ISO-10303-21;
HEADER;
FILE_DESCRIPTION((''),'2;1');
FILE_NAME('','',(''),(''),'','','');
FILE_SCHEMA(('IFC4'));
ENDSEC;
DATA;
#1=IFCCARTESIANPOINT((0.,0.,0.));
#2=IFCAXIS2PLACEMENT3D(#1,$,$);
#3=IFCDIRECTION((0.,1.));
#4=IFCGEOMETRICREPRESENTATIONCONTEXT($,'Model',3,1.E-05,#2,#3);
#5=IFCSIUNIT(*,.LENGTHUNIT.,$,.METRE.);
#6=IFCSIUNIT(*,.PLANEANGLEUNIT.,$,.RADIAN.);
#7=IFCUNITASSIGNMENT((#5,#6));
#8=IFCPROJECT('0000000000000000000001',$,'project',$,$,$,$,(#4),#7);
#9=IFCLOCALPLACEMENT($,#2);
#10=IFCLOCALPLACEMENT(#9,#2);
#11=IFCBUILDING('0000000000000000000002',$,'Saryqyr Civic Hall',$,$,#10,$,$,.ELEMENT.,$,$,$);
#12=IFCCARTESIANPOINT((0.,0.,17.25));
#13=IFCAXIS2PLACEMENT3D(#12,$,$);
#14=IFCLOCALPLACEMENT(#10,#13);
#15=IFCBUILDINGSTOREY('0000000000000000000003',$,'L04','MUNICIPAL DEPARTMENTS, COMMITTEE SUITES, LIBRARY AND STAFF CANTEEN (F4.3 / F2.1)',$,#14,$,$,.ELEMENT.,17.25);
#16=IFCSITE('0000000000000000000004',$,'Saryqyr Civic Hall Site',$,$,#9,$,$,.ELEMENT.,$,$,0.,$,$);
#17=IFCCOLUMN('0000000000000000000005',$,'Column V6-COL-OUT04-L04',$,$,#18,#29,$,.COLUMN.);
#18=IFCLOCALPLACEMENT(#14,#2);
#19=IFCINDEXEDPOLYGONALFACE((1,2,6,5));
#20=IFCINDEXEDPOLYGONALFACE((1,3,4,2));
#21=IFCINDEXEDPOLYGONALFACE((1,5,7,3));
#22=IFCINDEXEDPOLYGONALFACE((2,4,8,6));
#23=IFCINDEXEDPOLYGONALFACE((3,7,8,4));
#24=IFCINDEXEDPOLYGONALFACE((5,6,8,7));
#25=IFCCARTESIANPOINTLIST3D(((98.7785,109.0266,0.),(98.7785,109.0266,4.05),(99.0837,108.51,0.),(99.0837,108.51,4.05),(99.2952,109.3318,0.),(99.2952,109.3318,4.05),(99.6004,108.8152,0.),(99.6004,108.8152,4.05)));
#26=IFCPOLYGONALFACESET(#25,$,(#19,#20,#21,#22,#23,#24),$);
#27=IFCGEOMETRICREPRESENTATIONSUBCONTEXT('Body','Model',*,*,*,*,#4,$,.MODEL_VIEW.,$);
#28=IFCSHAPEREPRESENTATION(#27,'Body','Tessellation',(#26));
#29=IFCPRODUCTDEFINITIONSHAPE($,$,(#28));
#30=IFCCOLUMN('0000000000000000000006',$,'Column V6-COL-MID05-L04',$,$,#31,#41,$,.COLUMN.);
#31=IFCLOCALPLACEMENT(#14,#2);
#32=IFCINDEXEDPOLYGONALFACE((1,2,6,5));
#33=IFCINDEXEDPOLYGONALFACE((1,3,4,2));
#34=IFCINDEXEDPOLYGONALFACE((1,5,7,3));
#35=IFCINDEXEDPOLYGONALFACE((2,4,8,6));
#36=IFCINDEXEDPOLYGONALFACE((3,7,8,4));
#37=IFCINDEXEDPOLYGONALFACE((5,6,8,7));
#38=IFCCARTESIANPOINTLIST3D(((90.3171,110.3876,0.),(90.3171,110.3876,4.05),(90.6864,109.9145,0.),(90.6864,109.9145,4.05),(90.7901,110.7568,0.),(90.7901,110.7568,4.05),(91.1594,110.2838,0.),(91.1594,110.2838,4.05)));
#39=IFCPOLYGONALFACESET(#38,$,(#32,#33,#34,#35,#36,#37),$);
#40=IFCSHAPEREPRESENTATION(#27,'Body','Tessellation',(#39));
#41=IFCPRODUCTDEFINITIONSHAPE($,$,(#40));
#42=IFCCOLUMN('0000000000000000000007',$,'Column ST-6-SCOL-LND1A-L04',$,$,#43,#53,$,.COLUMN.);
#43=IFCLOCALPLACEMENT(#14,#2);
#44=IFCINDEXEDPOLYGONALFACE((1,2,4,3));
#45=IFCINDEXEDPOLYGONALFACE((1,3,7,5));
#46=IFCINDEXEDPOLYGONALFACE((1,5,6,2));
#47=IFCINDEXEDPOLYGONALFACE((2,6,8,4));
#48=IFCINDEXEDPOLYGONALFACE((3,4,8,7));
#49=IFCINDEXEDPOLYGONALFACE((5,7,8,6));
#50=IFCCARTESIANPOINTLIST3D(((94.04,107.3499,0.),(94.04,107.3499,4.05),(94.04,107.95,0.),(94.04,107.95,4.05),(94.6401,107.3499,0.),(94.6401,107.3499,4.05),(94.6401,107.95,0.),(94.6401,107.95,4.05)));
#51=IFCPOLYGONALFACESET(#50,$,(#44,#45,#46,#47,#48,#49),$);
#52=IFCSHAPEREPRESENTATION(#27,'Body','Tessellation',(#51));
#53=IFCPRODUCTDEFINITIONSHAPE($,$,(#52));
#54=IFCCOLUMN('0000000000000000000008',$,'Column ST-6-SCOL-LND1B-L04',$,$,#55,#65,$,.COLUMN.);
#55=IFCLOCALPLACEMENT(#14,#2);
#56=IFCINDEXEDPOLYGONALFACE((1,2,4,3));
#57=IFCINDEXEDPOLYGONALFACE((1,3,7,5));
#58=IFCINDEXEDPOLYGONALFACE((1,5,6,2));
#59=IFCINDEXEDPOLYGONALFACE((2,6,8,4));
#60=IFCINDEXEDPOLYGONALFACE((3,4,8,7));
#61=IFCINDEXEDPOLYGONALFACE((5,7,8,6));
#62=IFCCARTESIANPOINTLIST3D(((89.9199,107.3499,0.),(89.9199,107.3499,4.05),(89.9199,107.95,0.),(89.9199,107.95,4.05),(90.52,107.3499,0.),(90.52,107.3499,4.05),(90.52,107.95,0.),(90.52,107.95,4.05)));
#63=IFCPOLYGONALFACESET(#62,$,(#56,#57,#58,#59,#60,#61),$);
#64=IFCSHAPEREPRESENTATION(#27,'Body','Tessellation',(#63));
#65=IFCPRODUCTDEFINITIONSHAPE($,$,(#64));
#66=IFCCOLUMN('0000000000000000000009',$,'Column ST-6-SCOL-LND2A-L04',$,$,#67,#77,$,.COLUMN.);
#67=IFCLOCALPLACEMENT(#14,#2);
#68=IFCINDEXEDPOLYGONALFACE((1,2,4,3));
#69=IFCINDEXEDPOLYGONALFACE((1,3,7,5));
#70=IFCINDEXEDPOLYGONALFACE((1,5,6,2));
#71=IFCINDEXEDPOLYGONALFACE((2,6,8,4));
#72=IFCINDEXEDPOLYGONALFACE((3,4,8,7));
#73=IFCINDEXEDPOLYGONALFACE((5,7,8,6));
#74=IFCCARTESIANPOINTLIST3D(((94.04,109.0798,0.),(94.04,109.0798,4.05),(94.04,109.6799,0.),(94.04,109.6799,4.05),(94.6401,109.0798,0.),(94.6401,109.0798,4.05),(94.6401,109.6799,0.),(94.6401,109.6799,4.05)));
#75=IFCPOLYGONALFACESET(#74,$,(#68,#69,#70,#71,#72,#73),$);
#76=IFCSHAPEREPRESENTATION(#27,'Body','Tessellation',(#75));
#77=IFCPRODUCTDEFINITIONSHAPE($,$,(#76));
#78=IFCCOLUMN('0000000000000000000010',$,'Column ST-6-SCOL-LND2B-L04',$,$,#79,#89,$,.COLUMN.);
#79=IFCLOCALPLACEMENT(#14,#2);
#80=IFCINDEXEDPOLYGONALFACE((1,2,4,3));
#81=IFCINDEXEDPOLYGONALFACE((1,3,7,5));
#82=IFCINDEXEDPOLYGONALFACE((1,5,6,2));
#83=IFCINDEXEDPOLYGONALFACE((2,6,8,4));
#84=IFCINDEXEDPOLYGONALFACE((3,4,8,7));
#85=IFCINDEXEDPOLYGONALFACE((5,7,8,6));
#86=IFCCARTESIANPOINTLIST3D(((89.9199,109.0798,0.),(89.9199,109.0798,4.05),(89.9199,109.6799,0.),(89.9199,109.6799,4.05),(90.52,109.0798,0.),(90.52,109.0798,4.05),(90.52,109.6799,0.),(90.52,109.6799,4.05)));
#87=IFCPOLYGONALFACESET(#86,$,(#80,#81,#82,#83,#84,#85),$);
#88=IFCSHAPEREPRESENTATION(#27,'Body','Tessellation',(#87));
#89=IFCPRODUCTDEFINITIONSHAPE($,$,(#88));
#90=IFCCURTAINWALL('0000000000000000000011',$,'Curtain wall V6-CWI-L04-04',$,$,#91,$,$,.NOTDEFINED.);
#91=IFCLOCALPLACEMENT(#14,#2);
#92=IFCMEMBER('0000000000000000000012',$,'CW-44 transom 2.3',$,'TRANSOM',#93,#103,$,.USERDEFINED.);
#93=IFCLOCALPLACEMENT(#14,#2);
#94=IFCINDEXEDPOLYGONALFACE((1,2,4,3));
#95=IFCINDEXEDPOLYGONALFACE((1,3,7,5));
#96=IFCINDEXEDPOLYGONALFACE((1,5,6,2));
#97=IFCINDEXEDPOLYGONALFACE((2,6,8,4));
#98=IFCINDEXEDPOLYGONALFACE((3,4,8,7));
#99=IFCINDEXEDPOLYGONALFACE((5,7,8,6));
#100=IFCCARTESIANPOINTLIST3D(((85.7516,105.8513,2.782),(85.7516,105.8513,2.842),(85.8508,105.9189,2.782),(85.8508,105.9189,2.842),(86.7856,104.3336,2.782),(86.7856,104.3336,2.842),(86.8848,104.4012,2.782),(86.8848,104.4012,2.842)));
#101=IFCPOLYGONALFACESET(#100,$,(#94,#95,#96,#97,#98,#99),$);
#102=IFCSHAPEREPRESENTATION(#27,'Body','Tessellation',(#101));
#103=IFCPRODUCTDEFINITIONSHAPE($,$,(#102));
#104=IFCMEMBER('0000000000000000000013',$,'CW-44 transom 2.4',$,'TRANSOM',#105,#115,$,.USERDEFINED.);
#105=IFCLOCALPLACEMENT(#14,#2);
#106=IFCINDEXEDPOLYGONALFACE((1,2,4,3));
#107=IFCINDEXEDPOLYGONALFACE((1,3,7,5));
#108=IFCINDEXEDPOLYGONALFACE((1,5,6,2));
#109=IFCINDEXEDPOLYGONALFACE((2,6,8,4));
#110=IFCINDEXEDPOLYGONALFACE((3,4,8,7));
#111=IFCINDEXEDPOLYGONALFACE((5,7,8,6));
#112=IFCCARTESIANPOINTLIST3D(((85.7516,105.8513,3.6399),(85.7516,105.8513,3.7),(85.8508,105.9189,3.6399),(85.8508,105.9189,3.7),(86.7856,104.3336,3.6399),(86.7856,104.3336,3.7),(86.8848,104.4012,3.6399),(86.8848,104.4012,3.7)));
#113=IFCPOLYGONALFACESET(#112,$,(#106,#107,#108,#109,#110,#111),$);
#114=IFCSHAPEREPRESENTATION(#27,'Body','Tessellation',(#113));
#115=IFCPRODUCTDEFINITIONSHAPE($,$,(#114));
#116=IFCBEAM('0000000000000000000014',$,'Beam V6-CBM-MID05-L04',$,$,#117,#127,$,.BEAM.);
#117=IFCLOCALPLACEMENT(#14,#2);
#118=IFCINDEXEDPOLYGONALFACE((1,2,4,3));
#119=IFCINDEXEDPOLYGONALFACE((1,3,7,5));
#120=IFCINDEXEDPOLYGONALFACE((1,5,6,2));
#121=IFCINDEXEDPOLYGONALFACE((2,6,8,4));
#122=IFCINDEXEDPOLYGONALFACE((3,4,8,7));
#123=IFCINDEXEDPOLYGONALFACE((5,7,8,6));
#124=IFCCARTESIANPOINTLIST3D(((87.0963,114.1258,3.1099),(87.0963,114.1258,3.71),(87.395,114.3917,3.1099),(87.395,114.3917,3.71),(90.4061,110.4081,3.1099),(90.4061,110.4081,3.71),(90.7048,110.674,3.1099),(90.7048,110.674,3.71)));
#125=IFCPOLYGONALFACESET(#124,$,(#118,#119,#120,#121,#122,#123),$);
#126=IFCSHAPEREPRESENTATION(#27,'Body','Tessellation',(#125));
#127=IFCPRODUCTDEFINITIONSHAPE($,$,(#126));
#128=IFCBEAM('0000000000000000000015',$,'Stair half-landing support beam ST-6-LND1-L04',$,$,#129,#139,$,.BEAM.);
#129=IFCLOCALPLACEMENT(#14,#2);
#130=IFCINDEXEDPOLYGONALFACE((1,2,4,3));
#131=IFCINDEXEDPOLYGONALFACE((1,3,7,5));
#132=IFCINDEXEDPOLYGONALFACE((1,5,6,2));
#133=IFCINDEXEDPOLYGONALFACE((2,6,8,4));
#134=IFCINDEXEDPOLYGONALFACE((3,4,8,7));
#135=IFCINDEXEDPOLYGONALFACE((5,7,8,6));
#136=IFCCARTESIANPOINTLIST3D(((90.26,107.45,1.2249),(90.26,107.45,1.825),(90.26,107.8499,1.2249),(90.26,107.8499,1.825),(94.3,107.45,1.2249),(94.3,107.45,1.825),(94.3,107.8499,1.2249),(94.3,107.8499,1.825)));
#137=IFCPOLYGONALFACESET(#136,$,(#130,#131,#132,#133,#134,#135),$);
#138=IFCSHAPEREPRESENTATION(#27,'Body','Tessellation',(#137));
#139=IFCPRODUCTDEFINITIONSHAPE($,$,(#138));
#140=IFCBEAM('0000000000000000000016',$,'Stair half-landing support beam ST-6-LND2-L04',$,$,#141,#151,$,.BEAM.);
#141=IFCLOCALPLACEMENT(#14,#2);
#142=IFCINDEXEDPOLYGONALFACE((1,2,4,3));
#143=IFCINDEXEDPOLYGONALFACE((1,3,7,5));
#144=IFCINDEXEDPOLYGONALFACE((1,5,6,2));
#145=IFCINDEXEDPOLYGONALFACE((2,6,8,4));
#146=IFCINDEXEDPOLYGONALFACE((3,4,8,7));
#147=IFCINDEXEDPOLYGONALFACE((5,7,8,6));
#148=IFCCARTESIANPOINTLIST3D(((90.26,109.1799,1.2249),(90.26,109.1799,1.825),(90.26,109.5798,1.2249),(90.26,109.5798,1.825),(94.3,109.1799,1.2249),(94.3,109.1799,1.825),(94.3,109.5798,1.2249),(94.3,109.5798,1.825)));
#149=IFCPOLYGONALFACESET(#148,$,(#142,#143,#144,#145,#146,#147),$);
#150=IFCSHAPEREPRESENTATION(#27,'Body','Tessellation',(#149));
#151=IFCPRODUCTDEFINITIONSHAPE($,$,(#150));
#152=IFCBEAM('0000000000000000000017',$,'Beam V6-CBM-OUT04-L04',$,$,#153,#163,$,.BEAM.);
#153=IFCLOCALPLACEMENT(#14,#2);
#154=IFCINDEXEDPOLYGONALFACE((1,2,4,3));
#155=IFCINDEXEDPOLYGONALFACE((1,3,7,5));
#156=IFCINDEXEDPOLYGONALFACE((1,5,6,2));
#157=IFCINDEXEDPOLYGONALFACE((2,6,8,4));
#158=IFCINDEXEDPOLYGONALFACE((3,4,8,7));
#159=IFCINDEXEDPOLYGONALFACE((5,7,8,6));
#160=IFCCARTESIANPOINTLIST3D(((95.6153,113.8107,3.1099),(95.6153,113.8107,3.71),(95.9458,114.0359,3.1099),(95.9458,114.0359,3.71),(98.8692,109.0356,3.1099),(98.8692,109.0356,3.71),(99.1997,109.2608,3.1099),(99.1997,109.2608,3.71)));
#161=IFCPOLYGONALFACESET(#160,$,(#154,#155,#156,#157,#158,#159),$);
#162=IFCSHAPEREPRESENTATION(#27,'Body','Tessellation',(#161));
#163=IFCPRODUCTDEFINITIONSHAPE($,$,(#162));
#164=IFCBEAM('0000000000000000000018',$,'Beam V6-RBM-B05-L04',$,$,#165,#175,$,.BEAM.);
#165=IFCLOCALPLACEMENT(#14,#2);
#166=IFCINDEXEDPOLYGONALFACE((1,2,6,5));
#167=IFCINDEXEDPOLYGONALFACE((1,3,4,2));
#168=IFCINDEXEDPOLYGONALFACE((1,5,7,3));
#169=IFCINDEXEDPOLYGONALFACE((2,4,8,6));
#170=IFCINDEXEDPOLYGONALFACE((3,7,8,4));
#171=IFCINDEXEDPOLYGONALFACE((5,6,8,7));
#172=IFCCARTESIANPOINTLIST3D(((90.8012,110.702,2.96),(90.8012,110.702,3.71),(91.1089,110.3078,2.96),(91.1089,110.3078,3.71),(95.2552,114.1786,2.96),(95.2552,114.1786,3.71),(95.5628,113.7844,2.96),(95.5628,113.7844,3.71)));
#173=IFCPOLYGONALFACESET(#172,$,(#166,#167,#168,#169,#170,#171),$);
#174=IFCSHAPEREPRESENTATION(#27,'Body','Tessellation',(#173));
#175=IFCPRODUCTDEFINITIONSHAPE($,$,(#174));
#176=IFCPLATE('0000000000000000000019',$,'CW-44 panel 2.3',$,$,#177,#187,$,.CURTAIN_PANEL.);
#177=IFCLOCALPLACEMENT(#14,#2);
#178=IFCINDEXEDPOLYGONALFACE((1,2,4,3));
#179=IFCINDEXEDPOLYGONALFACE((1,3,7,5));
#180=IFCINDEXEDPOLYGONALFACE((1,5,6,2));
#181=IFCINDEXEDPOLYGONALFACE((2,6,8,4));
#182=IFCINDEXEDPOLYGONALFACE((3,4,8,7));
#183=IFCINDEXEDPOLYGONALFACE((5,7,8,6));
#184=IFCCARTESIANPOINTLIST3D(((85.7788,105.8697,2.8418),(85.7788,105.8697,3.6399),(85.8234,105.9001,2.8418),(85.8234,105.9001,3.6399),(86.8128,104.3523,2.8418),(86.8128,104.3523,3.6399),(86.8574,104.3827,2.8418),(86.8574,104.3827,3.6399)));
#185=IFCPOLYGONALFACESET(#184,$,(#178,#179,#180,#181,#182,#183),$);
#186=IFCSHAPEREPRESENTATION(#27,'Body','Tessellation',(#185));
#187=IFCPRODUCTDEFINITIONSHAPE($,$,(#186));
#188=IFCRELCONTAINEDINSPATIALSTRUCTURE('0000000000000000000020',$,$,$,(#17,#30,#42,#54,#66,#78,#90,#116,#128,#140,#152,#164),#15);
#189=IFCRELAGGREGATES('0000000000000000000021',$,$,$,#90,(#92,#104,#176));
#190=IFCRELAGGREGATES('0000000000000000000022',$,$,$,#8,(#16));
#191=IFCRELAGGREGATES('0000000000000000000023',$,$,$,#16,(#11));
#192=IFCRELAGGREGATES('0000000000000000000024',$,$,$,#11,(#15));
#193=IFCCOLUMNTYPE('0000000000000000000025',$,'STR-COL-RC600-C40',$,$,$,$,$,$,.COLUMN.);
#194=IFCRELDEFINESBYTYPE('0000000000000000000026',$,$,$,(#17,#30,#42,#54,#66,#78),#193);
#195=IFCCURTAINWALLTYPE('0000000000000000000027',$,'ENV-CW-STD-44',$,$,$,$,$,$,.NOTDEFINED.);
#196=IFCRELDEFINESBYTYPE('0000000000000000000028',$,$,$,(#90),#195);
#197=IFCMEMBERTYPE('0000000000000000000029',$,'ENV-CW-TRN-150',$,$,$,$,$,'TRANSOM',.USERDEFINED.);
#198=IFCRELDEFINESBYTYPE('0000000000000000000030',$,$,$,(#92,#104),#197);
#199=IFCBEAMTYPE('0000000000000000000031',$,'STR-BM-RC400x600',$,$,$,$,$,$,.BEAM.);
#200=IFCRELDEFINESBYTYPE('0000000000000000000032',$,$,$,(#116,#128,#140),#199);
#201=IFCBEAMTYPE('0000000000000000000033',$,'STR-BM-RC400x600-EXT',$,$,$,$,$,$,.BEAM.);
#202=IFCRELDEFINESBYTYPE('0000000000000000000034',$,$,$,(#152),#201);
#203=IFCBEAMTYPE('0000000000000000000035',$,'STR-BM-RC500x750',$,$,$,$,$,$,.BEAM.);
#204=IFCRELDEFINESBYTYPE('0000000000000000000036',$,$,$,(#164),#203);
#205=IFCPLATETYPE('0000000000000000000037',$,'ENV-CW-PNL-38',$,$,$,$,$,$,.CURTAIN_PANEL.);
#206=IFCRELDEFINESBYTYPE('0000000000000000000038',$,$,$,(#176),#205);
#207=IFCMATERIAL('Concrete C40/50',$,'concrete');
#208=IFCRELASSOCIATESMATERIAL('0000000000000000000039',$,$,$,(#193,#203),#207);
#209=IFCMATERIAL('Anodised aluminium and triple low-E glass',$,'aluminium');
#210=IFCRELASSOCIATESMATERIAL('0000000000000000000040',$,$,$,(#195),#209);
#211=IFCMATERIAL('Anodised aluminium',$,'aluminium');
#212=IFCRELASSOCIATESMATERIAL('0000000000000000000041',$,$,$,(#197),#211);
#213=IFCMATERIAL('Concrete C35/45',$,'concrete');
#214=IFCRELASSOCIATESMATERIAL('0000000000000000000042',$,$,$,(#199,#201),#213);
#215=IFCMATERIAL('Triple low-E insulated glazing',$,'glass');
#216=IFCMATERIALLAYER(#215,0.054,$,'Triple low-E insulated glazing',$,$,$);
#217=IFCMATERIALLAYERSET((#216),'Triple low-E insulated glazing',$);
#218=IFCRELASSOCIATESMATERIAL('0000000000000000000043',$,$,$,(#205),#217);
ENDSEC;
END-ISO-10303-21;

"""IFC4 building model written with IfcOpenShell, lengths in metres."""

from ifc_helpers import new_model, si_unit, direction, frame, origin, origin_2d, place, context, subcontext, project, spatial, rectangle, extrude, material, layer, layer_set, material_profile, profile_set, type_object, element, aggregate, save


model = new_model("IFC4")

# Units and contexts
model_context = context("Model", 3, precision=1e-05, world=origin(), true_north=direction((0.0, 1.0)))
body_context = subcontext(model_context, "Body", "Model", "MODEL_VIEW")
ifc_project = project(units=[si_unit("LENGTHUNIT", "METRE"), si_unit("PLANEANGLEUNIT", "RADIAN")], contexts=[model_context])

# Site, building, storey
site_placement = place(None, origin())
site = spatial("IfcSite", under=ifc_project, at=site_placement, Name="Saryqyr Civic Hall Site", CompositionType="ELEMENT", RefElevation=0.0)
building_placement = place(site_placement, origin())
building = spatial("IfcBuilding", under=site, at=building_placement, Name="Saryqyr Civic Hall", CompositionType="ELEMENT")
storey_placement = place(building_placement, frame((0.0, 0.0, 17.25)))
storey = spatial("IfcBuildingStorey", under=building, at=storey_placement, Name="L04", Description="MUNICIPAL DEPARTMENTS, COMMITTEE SUITES, LIBRARY AND STAFF CANTEEN (F4.3 / F2.1)", CompositionType="ELEMENT", Elevation=17.25)

# Columns
ifc_material_1 = material(Name="Concrete C40/50", Category="concrete")
ifc_material_profile_1 = material_profile(ifc_material_1, rectangle(XDim=0.6001, YDim=0.6001, at=origin_2d()), Name="RC 600x600")
ifc_profile_set_1 = profile_set([ifc_material_profile_1], Name="Concrete C40/50")
column_type = type_object("IfcColumnType", Name="STR-COL-RC600-C40", PredefinedType="COLUMN", material=ifc_profile_set_1)
for number, where, z_axis, x_axis, name in (
    (1, (99.1895, 108.9209, 0.0), (0.0, 0.0, 1.0), (0.861008, 0.508591, 0.0), "Column V6-COL-OUT04-L04"),
    (2, (90.7383, 110.3357, 0.0), (0.0, 0.0, 1.0), (0.788226, 0.615386, 0.0), "Column V6-COL-MID05-L04"),
    (3, (94.3401, 107.6499, 0.0), (0.0, 0.0, 1.0), (1.0, 0.0, 0.0), "Column ST-6-SCOL-LND1A-L04"),
    (4, (90.22, 107.6499, 0.0), (0.0, 0.0, 1.0), (1.0, 0.0, 0.0), "Column ST-6-SCOL-LND1B-L04"),
    (5, (94.3401, 109.3799, 0.0), (0.0, 0.0, 1.0), (1.0, 0.0, 0.0), "Column ST-6-SCOL-LND2A-L04"),
    (6, (90.22, 109.3799, 0.0), (0.0, 0.0, 1.0), (1.0, 0.0, 0.0), "Column ST-6-SCOL-LND2B-L04"),
):
    element("IfcColumn", number, at=place(storey_placement, frame(where, z_axis=z_axis, x_axis=x_axis)), inside=storey, type_object=column_type, Name=name, PredefinedType="COLUMN", context=body_context, shape_type="SweptSolid", body=[
        extrude(rectangle(XDim=0.6001, YDim=0.6001, at=origin_2d()), origin(), (0.0, 0.0, 1.0), 4.05),
    ])

# Curtain wall, members
ifc_material_2 = material(Name="Anodised aluminium and triple low-E glass", Category="aluminium")
curtain_wall_type = type_object("IfcCurtainWallType", Name="ENV-CW-STD-44", PredefinedType="NOTDEFINED", material=ifc_material_2)
curtain_wall_placement = place(storey_placement, origin())
curtain_wall = element("IfcCurtainWall", 7, at=curtain_wall_placement, inside=storey, type_object=curtain_wall_type, Name="Curtain wall V6-CWI-L04-04", PredefinedType="NOTDEFINED")
ifc_material_3 = material(Name="Anodised aluminium", Category="aluminium")
ifc_material_profile_2 = material_profile(ifc_material_3, rectangle(XDim=0.1201, YDim=0.0601, at=origin_2d()), Name="ALU TRANSOM 120x60")
ifc_profile_set_2 = profile_set([ifc_material_profile_2], Name="Anodised aluminium")
member_type = type_object("IfcMemberType", Name="ENV-CW-TRN-150", ElementType="TRANSOM", PredefinedType="USERDEFINED", material=ifc_profile_set_2)
member_1_placement = place(storey_placement, frame((86.8352, 104.3674, 2.812), z_axis=(-0.563048, 0.826424, 0.0), x_axis=(-0.826424, -0.563048, 0.0)))
member_1 = element("IfcMember", 8, at=member_1_placement, type_object=member_type, Name="CW-44 transom 2.3", ObjectType="TRANSOM", PredefinedType="USERDEFINED", context=body_context, shape_type="SweptSolid", body=[
    extrude(rectangle(XDim=0.1201, YDim=0.0601, at=origin_2d()), origin(), (0.0, 0.0, 1.0), 1.8364),
])
member_2_placement = place(storey_placement, frame((86.8352, 104.3674, 3.6699), z_axis=(-0.563048, 0.826424, 0.0), x_axis=(-0.826424, -0.563048, 0.0)))
member_2 = element("IfcMember", 9, at=member_2_placement, type_object=member_type, Name="CW-44 transom 2.4", ObjectType="TRANSOM", PredefinedType="USERDEFINED", context=body_context, shape_type="SweptSolid", body=[
    extrude(rectangle(XDim=0.1201, YDim=0.0601, at=origin_2d()), origin(), (0.0, 0.0, 1.0), 1.8364),
])

# Beams
ifc_material_4 = material(Name="Concrete C35/45", Category="concrete")
ifc_material_profile_3 = material_profile(ifc_material_4, rectangle(XDim=0.3999, YDim=0.6001, at=origin_2d()), Name="RC 400x600")
ifc_profile_set_3 = profile_set([ifc_material_profile_3], Name="Concrete C35/45")
beam_type_1 = type_object("IfcBeamType", Name="STR-BM-RC400x600", PredefinedType="BEAM", material=ifc_profile_set_3)
beam_1_placement = place(storey_placement, frame((90.5554, 110.541, 3.4099), z_axis=(-0.664939, 0.746898, 0.0), x_axis=(-0.746898, -0.664939, 0.0)))
element("IfcBeam", 10, at=beam_1_placement, inside=storey, type_object=beam_type_1, Name="Beam V6-CBM-MID05-L04", PredefinedType="BEAM", context=body_context, shape_type="SweptSolid", body=[
    extrude(rectangle(XDim=0.3999, YDim=0.6001, at=origin_2d()), origin(), (0.0, 0.0, 1.0), 4.9775),
])
for number, where, z_axis, x_axis, name in (
    (11, (94.3, 107.6499, 1.5249), (-1.0, 0.0, 0.0), (0.0, -1.0, 0.0), "Stair half-landing support beam ST-6-LND1-L04"),
    (12, (94.3, 109.3799, 1.5249), (-1.0, 0.0, 0.0), (0.0, -1.0, 0.0), "Stair half-landing support beam ST-6-LND2-L04"),
):
    element("IfcBeam", number, at=place(storey_placement, frame(where, z_axis=z_axis, x_axis=x_axis)), inside=storey, type_object=beam_type_1, Name=name, PredefinedType="BEAM", context=body_context, shape_type="SweptSolid", body=[
        extrude(rectangle(XDim=0.3999, YDim=0.6001, at=origin_2d()), origin(), (0.0, 0.0, 1.0), 4.04),
    ])
ifc_material_profile_4 = material_profile(ifc_material_4, rectangle(XDim=0.3999, YDim=0.6001, at=origin_2d()), Name="RC 400x600")
ifc_profile_set_4 = profile_set([ifc_material_profile_4], Name="Concrete C35/45")
beam_type_2 = type_object("IfcBeamType", Name="STR-BM-RC400x600-EXT", PredefinedType="BEAM", material=ifc_profile_set_4)
beam_2_placement = place(storey_placement, frame((99.0344, 109.1482, 3.4099), z_axis=(-0.563115, 0.826378, 0.0), x_axis=(-0.826378, -0.563115, 0.0)))
element("IfcBeam", 13, at=beam_2_placement, inside=storey, type_object=beam_type_2, Name="Beam V6-CBM-OUT04-L04", PredefinedType="BEAM", context=body_context, shape_type="SweptSolid", body=[
    extrude(rectangle(XDim=0.3999, YDim=0.6001, at=origin_2d()), origin(), (0.0, 0.0, 1.0), 5.7783),
])
ifc_material_profile_5 = material_profile(ifc_material_1, rectangle(XDim=0.5, YDim=0.75, at=origin_2d()), Name="RC 500x750")
ifc_profile_set_5 = profile_set([ifc_material_profile_5], Name="Concrete C40/50")
beam_type_3 = type_object("IfcBeamType", Name="STR-BM-RC500x750", PredefinedType="BEAM", material=ifc_profile_set_5)
beam_3_placement = place(storey_placement, frame((90.9551, 110.5049, 3.335), z_axis=(0.788283, 0.615313, 0.0), x_axis=(-0.615313, 0.788283, 0.0)))
element("IfcBeam", 14, at=beam_3_placement, inside=storey, type_object=beam_type_3, Name="Beam V6-RBM-B05-L04", PredefinedType="BEAM", context=body_context, shape_type="SweptSolid", body=[
    extrude(rectangle(XDim=0.5, YDim=0.75, at=origin_2d()), origin(), (0.0, 0.0, 1.0), 5.6501),
])

# Plate
ifc_material_5 = material(Name="Triple low-E insulated glazing", Category="glass")
ifc_layer_1 = layer(ifc_material_5, 0.054, Name="Triple low-E insulated glazing")
ifc_layer_set_1 = layer_set([ifc_layer_1], Name="Triple low-E insulated glazing")
plate_type = type_object("IfcPlateType", Name="ENV-CW-PNL-38", PredefinedType="CURTAIN_PANEL", material=ifc_layer_set_1)
plate_placement = place(storey_placement, frame((86.3181, 105.1262, 2.8418), z_axis=(0.0, 0.0, 1.0), x_axis=(-0.56313, 0.826368, 0.0)))
plate = element("IfcPlate", 15, at=plate_placement, type_object=plate_type, Name="CW-44 panel 2.3", PredefinedType="CURTAIN_PANEL", context=body_context, shape_type="SweptSolid", body=[
    extrude(rectangle(XDim=1.8362, YDim=0.054, at=origin_2d()), origin(), (0.0, 0.0, 1.0), 0.7981),
])
aggregate(curtain_wall, [member_1, member_2, plate])

save(model, "model.ifc")
